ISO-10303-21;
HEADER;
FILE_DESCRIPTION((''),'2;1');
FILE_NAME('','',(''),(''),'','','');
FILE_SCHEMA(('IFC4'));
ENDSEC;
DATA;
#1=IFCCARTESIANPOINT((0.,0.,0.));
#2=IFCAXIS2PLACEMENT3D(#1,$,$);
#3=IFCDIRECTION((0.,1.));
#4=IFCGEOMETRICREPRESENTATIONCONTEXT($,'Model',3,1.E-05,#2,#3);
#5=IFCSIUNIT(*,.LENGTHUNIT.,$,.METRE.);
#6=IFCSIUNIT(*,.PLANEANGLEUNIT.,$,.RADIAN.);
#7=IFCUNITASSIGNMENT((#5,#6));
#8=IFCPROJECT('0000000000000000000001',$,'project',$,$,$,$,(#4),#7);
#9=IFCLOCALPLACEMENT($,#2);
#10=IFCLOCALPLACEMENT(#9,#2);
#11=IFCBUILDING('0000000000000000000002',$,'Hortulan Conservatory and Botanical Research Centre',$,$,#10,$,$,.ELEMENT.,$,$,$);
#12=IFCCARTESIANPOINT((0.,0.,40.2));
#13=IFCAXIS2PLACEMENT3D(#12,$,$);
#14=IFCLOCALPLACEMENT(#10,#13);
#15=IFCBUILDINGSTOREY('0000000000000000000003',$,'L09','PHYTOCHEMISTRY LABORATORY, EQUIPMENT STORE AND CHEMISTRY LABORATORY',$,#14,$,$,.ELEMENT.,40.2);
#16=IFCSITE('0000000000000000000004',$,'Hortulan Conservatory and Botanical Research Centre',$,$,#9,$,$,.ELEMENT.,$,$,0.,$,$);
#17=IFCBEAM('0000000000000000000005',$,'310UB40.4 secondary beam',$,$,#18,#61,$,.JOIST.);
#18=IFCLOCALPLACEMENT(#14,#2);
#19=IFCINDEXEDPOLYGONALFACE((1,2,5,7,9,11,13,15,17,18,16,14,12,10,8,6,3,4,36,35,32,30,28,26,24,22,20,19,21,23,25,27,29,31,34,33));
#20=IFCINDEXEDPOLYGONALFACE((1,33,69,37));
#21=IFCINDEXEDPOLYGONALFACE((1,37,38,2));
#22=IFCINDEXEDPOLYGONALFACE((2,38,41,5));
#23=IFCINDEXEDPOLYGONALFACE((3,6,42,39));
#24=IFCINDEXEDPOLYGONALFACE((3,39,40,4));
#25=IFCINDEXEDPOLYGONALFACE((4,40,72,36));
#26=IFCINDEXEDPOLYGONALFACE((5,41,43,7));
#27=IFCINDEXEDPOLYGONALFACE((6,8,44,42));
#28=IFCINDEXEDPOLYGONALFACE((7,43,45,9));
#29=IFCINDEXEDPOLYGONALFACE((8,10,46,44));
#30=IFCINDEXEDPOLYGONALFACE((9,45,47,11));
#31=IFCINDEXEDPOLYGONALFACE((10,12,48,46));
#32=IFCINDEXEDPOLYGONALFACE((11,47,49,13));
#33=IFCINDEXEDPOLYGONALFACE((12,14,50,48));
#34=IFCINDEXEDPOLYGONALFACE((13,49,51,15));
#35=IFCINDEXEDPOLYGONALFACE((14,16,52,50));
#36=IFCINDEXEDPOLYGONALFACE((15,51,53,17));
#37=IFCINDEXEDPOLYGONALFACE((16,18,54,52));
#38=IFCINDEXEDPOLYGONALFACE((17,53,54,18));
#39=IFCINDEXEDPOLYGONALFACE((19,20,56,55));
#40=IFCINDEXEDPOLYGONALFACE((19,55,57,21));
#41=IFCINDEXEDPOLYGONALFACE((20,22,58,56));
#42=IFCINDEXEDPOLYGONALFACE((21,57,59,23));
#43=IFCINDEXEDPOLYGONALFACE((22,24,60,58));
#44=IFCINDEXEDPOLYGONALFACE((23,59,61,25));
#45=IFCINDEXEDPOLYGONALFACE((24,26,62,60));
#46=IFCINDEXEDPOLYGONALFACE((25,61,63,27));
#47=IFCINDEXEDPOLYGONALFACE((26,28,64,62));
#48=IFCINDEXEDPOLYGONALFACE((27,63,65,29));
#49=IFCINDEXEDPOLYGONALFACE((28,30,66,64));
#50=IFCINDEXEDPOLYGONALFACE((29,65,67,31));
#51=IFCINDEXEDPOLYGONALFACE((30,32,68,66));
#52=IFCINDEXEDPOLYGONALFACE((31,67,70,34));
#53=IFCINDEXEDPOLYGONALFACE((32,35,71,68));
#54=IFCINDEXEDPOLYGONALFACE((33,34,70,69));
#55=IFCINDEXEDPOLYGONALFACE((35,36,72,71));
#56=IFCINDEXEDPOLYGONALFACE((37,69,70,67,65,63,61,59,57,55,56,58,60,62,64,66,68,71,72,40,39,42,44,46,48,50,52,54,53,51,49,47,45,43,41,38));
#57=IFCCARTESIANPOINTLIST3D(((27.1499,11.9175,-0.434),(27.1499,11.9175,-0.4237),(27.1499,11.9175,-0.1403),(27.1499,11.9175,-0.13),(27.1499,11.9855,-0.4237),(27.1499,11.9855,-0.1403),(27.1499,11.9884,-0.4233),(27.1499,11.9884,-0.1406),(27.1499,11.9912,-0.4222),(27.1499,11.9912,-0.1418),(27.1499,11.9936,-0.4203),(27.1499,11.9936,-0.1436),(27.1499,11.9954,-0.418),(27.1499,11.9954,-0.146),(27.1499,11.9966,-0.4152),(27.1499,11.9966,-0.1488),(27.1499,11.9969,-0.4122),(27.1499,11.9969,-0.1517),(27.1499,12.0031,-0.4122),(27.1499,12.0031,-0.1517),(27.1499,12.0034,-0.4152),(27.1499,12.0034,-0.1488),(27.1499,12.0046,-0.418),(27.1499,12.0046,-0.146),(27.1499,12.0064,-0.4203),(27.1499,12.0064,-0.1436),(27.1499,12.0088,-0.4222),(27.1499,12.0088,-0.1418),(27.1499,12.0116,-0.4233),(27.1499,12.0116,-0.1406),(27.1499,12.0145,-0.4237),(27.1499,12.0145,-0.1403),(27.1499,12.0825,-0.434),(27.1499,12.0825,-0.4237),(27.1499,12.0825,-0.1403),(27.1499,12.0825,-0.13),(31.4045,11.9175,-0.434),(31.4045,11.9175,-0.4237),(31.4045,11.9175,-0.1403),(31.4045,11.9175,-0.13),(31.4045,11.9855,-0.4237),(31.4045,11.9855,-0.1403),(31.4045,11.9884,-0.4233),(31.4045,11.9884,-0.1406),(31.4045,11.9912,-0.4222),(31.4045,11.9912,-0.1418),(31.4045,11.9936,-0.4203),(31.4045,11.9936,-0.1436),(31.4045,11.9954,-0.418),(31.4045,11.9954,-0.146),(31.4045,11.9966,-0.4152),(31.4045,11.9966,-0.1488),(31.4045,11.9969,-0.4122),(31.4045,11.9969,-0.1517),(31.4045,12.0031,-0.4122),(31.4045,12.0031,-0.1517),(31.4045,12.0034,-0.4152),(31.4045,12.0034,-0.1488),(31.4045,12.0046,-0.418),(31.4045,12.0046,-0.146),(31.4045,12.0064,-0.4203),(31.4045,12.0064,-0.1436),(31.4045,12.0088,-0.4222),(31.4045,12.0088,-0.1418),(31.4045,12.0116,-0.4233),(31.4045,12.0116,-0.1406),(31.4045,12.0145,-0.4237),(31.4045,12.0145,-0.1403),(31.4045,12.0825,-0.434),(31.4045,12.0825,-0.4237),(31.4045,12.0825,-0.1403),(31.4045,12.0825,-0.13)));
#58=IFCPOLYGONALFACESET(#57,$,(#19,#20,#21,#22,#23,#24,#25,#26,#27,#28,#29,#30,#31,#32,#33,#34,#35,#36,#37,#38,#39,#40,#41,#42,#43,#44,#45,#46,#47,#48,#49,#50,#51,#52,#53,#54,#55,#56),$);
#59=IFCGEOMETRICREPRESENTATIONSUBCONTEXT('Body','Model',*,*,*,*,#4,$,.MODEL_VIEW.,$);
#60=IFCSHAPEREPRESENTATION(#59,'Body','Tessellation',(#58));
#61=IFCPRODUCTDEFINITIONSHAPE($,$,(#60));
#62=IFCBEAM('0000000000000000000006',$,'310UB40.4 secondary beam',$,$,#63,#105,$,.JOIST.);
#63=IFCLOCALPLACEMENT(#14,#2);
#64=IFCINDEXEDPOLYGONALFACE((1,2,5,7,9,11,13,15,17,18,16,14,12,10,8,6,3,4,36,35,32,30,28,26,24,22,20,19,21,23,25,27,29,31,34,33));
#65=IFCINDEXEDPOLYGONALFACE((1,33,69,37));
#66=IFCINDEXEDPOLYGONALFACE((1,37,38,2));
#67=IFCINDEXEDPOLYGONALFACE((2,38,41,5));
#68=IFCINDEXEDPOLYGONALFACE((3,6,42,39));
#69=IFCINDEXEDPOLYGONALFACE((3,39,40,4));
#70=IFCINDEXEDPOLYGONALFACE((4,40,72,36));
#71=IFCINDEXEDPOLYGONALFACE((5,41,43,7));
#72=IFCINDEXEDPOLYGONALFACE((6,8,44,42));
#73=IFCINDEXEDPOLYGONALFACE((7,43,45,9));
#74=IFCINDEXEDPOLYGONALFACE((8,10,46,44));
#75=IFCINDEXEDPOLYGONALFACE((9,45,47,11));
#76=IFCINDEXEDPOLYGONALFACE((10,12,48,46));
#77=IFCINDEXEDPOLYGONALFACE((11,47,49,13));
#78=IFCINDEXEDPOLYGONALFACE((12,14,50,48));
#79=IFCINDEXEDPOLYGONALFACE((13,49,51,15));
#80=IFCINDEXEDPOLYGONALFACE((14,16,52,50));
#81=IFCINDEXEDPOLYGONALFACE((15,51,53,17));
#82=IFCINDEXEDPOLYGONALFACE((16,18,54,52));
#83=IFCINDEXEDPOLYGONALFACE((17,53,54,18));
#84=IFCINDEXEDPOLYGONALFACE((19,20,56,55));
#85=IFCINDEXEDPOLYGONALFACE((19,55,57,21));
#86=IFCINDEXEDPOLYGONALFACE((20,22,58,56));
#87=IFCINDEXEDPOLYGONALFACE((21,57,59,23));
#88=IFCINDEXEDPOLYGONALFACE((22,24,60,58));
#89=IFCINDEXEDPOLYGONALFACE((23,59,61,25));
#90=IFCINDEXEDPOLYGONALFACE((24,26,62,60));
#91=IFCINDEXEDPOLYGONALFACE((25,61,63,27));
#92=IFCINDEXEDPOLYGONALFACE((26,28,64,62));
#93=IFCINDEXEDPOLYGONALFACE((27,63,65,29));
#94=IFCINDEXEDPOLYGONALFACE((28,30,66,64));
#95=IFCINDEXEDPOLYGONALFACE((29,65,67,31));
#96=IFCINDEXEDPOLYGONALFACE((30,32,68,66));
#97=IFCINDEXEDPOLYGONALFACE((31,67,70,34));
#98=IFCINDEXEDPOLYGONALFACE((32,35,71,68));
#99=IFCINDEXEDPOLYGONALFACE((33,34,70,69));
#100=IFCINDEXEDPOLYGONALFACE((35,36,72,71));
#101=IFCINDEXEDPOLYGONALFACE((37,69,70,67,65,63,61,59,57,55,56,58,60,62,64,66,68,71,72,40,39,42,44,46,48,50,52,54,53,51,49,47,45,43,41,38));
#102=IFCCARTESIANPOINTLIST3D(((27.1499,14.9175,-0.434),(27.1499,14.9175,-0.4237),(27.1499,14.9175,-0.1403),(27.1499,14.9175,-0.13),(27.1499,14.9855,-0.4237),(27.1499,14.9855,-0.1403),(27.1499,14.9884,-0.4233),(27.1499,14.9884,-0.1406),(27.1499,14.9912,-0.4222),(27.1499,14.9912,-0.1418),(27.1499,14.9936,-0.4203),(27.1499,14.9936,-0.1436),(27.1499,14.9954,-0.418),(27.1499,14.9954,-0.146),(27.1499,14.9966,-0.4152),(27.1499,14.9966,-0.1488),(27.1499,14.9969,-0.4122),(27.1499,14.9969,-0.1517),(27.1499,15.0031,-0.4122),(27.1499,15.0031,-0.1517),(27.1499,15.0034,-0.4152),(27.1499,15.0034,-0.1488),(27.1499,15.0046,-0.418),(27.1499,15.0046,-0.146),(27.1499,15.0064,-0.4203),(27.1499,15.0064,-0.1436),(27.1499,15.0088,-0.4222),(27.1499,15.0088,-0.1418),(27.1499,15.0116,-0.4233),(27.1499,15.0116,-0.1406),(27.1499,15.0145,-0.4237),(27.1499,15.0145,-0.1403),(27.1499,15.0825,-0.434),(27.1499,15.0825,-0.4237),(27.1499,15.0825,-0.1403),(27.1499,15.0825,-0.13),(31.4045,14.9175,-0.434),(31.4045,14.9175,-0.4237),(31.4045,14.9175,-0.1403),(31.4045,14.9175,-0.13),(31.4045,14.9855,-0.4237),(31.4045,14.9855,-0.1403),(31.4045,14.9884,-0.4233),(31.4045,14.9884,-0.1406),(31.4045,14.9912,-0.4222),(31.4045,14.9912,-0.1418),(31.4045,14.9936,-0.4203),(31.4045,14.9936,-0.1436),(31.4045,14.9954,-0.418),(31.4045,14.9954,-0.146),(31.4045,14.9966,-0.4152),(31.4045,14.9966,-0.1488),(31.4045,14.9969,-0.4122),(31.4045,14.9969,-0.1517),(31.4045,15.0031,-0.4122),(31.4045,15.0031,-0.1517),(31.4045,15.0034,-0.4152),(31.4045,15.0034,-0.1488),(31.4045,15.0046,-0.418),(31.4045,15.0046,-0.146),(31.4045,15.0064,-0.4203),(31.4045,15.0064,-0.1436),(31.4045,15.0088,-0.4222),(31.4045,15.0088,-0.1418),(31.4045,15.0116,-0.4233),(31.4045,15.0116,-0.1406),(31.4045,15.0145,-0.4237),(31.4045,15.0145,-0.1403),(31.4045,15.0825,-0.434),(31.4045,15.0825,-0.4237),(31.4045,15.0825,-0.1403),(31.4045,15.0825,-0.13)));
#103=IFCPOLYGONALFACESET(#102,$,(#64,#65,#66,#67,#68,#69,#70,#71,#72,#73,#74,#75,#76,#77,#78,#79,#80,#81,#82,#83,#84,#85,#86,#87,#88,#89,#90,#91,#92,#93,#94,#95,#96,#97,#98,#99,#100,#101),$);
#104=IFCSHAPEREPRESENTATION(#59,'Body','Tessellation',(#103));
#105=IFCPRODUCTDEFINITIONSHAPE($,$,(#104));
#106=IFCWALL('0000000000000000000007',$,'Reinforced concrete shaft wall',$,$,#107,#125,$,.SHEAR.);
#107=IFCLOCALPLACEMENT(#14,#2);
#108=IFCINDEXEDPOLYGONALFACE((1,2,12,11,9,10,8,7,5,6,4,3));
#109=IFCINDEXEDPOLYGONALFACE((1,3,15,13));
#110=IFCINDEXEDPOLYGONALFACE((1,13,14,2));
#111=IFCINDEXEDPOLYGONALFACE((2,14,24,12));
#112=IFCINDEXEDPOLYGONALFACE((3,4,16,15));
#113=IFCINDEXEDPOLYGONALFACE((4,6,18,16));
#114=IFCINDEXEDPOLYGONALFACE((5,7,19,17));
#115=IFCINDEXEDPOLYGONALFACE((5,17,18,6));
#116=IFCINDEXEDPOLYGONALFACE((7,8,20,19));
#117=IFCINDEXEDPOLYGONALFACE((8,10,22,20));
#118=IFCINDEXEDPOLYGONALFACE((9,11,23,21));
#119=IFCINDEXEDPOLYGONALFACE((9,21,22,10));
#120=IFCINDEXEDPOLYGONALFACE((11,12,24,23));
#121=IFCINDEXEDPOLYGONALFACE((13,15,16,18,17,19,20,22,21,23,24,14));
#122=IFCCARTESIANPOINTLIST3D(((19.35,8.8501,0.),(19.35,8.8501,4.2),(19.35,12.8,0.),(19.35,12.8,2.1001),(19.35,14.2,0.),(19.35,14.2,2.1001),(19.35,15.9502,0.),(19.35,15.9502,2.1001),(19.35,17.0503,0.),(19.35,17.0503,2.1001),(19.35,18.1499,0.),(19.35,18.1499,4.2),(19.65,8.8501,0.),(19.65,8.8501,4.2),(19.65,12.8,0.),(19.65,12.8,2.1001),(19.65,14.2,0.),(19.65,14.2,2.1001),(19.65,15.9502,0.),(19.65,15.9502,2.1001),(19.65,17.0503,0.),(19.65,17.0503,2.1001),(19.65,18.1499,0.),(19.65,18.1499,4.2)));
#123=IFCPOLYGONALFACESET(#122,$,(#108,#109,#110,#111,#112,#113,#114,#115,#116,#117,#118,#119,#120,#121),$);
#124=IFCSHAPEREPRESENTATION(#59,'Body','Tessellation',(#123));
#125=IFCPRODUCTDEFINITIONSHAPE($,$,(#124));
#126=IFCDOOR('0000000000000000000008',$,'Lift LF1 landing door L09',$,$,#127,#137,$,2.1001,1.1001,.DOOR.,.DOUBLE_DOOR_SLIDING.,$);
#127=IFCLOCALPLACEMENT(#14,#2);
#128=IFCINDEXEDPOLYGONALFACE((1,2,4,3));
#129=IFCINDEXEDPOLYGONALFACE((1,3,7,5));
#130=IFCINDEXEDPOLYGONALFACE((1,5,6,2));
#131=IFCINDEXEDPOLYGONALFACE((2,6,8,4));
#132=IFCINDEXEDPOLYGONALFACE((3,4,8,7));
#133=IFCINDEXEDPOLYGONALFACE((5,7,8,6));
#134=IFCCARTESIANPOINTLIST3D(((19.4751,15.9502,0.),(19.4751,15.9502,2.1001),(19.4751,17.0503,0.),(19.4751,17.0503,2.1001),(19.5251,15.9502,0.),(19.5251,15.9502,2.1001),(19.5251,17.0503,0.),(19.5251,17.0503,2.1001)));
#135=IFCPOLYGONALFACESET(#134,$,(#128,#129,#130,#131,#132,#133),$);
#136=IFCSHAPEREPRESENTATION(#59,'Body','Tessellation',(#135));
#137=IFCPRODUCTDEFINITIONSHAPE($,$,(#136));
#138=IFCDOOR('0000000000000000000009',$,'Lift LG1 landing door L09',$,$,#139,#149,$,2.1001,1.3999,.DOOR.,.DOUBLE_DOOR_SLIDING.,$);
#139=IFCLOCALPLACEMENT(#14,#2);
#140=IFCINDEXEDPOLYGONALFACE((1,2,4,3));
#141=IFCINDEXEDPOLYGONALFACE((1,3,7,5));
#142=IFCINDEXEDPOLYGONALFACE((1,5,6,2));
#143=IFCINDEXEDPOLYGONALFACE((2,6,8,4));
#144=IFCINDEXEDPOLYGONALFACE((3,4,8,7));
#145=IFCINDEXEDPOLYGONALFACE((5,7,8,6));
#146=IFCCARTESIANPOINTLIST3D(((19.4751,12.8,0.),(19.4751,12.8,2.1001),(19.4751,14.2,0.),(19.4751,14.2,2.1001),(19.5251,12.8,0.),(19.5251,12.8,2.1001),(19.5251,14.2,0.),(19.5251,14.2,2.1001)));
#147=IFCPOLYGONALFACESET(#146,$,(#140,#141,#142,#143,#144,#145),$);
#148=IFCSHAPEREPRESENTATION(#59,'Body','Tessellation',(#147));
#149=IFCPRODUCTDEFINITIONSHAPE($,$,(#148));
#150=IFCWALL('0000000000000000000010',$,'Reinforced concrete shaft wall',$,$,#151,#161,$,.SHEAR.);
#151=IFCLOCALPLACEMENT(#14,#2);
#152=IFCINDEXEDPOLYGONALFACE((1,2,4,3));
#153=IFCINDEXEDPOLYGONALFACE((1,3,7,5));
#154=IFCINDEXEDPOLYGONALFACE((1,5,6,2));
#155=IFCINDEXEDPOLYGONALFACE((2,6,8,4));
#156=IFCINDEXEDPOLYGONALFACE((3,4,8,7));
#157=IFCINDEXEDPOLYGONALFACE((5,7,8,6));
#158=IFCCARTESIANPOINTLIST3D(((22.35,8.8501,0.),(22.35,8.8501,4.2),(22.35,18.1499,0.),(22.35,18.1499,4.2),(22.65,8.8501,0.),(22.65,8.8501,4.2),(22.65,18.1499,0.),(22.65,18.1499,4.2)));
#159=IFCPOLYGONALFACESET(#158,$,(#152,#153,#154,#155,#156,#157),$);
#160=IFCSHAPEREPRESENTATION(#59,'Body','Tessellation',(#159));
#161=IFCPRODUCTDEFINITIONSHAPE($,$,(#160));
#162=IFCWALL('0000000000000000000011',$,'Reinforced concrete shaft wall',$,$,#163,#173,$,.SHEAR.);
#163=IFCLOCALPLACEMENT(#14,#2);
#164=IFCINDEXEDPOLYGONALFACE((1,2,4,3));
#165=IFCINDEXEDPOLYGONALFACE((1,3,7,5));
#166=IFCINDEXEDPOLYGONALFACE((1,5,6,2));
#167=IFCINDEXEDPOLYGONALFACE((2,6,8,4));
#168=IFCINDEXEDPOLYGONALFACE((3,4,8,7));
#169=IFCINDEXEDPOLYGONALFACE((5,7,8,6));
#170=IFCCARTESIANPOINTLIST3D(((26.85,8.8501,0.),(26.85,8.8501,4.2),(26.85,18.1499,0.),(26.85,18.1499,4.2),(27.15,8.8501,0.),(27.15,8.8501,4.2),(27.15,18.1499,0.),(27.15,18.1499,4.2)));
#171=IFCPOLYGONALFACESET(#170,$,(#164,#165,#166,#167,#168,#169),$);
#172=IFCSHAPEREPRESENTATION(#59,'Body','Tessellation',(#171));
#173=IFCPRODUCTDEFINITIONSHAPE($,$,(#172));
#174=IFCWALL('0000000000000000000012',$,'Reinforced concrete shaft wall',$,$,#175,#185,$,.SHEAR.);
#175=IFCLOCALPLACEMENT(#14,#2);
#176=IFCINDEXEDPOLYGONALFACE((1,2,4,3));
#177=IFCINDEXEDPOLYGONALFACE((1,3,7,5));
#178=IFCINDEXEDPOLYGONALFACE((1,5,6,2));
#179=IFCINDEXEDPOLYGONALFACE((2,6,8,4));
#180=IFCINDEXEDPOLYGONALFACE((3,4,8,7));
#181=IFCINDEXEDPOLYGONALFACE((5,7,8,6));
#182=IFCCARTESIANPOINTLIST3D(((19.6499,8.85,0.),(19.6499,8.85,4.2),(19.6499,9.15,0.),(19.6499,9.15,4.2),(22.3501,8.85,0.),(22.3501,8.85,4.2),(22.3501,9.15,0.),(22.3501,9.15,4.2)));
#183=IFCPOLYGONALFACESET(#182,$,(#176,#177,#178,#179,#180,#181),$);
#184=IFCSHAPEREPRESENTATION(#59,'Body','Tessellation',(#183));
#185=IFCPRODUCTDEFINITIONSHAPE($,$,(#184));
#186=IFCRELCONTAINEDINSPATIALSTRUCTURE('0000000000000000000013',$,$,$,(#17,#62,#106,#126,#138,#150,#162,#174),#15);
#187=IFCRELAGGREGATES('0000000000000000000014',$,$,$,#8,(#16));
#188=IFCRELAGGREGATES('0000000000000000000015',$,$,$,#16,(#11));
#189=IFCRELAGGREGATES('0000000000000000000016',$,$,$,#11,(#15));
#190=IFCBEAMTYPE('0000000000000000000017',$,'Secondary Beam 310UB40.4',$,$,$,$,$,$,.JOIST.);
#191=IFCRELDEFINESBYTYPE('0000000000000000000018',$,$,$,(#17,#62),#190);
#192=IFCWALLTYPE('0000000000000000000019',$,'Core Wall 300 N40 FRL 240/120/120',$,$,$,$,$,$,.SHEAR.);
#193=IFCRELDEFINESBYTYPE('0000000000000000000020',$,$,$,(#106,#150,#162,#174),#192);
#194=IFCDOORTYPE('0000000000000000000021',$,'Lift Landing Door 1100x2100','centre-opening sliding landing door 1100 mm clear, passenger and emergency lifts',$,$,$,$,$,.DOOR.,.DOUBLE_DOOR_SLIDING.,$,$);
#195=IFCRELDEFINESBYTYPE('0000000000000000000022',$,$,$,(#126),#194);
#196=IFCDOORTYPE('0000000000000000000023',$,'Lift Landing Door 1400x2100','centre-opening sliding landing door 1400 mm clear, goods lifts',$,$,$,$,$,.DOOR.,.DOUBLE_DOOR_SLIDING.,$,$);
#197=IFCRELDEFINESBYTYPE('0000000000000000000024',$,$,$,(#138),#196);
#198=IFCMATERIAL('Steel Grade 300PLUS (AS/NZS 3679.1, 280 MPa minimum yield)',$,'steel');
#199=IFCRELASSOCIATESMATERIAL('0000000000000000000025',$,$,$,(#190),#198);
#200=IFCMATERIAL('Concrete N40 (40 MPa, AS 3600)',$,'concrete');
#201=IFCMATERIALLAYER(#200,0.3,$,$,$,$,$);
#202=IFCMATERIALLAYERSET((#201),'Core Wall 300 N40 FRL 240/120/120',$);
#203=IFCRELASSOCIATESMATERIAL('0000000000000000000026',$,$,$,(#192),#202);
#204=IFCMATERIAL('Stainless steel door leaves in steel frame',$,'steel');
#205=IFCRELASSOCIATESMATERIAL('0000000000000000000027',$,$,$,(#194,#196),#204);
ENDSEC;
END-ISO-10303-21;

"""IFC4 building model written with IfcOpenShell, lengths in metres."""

from ifc_helpers import new_model, si_unit, direction, frame, frame_2d, origin, origin_2d, place, context, subcontext, project, spatial, rectangle, i_section, extrude, material, layer, layer_set, material_profile, profile_set, type_object, element, fill, save


model = new_model("IFC4")

# Units and contexts
model_context = context("Model", 3, precision=1e-05, world=origin(), true_north=direction((0.0, 1.0)))
body_context = subcontext(model_context, "Body", "Model", "MODEL_VIEW")
ifc_project = project(units=[si_unit("LENGTHUNIT", "METRE"), si_unit("PLANEANGLEUNIT", "RADIAN")], contexts=[model_context])

# Site, building, storey
site_placement = place(None, origin())
site = spatial("IfcSite", under=ifc_project, at=site_placement, Name="Hortulan Conservatory and Botanical Research Centre", CompositionType="ELEMENT", RefElevation=0.0)
building_placement = place(site_placement, origin())
building = spatial("IfcBuilding", under=site, at=building_placement, Name="Hortulan Conservatory and Botanical Research Centre", CompositionType="ELEMENT")
storey_placement = place(building_placement, frame((0.0, 0.0, 40.2)))
storey = spatial("IfcBuildingStorey", under=building, at=storey_placement, Name="L09", Description="PHYTOCHEMISTRY LABORATORY, EQUIPMENT STORE AND CHEMISTRY LABORATORY", CompositionType="ELEMENT", Elevation=40.2)

# Shared definitions
ifc_material_1 = material(Name="Steel Grade 300PLUS (AS/NZS 3679.1, 280 MPa minimum yield)", Category="steel")

# Beams
ifc_material_profile_1 = material_profile(ifc_material_1, i_section(OverallWidth=0.165, OverallDepth=0.304, WebThickness=0.0061, FlangeThickness=0.0103, FilletRadius=0.0115, at=origin_2d()), Name="310UB40.4")
ifc_profile_set_1 = profile_set([ifc_material_profile_1], Name="Steel Grade 300PLUS (AS/NZS 3679.1, 280 MPa minimum yield)")
beam_type_1 = type_object("IfcBeamType", Name="Secondary Beam 310UB40.4", PredefinedType="JOIST", material=ifc_profile_set_1)
for number, where, z_axis, x_axis, name in (
    (1, (27.1499, 12.0, -0.282), (1.0, 0.0, 0.0), (0.0, 1.0, 0.0), "310UB40.4 secondary beam"),
    (2, (27.1499, 15.0, -0.282), (1.0, 0.0, 0.0), (0.0, 1.0, 0.0), "310UB40.4 secondary beam"),
):
    element("IfcBeam", number, at=place(storey_placement, frame(where, z_axis=z_axis, x_axis=x_axis)), inside=storey, type_object=beam_type_1, Name=name, PredefinedType="JOIST", context=body_context, shape_type="SweptSolid", body=[
        extrude(i_section(OverallWidth=0.165, OverallDepth=0.304, WebThickness=0.0061, FlangeThickness=0.0103, FilletRadius=0.0115, at=origin_2d()), origin(), (0.0, 0.0, 1.0), 4.2546),
    ])

# Wall, openings, doors
ifc_material_2 = material(Name="Concrete N40 (40 MPa, AS 3600)", Category="concrete")
ifc_layer_1 = layer(ifc_material_2, 0.3)
ifc_layer_set_1 = layer_set([ifc_layer_1], Name="Core Wall 300 N40 FRL 240/120/120")
wall_type_1 = type_object("IfcWallType", Name="Core Wall 300 N40 FRL 240/120/120", PredefinedType="SHEAR", material=ifc_layer_set_1)
wall_1_placement = place(storey_placement, frame((19.5, 8.8501, 0.0), z_axis=(0.0, 0.0, 1.0), x_axis=(0.0, 1.0, 0.0)))
wall_1 = element("IfcWall", 3, at=wall_1_placement, inside=storey, type_object=wall_type_1, Name="Reinforced concrete shaft wall", PredefinedType="SHEAR", context=body_context, shape_type="SweptSolid", body=[
    extrude(rectangle(XDim=9.2998, YDim=0.3, at=frame_2d((4.6499, 0.0))), origin(), (0.0, 0.0, 1.0), 4.2),
])
opening_1_placement = place(wall_1_placement, frame((3.95, 0.0, 0.0)))
opening_1 = element("IfcOpeningElement", 4, at=opening_1_placement, cuts=wall_1, PredefinedType="OPENING", context=body_context, shape_type="SweptSolid", body=[
    extrude(rectangle(XDim=1.3999, YDim=2.1001, at=frame_2d((0.7, 1.05))), frame((0.0, 0.1599, 0.0), z_axis=(0.0, -1.0, 0.0), x_axis=(1.0, 0.0, 0.0)), (0.0, 0.0, 1.0), 0.3201),
])
opening_2_placement = place(wall_1_placement, frame((7.1001, 0.0, 0.0)))
opening_2 = element("IfcOpeningElement", 5, at=opening_2_placement, cuts=wall_1, PredefinedType="OPENING", context=body_context, shape_type="SweptSolid", body=[
    extrude(rectangle(XDim=1.1001, YDim=2.1001, at=frame_2d((0.55, 1.05))), frame((0.0, 0.1599, 0.0), z_axis=(0.0, -1.0, 0.0), x_axis=(1.0, 0.0, 0.0)), (0.0, 0.0, 1.0), 0.3201),
])
ifc_material_3 = material(Name="Stainless steel door leaves in steel frame", Category="steel")
door_type_1 = type_object("IfcDoorType", Name="Lift Landing Door 1100x2100", Description="centre-opening sliding landing door 1100 mm clear, passenger and emergency lifts", OperationType="DOUBLE_DOOR_SLIDING", PredefinedType="DOOR", material=ifc_material_3)
door_1_placement = place(opening_2_placement, origin())
door_1 = element("IfcDoor", 6, at=door_1_placement, inside=storey, type_object=door_type_1, Name="Lift LF1 landing door L09", OperationType="DOUBLE_DOOR_SLIDING", OverallHeight=2.1001, OverallWidth=1.1001, PredefinedType="DOOR", context=body_context, shape_type="SweptSolid", body=[
    extrude(rectangle(XDim=1.1001, YDim=2.1001, at=frame_2d((0.55, 1.05))), frame((0.0, 0.0249, 0.0), z_axis=(0.0, -1.0, 0.0), x_axis=(1.0, 0.0, 0.0)), (0.0, 0.0, 1.0), 0.05),
])
fill(opening_2, door_1)
door_type_2 = type_object("IfcDoorType", Name="Lift Landing Door 1400x2100", Description="centre-opening sliding landing door 1400 mm clear, goods lifts", OperationType="DOUBLE_DOOR_SLIDING", PredefinedType="DOOR", material=ifc_material_3)
door_2_placement = place(opening_1_placement, origin())
door_2 = element("IfcDoor", 7, at=door_2_placement, inside=storey, type_object=door_type_2, Name="Lift LG1 landing door L09", OperationType="DOUBLE_DOOR_SLIDING", OverallHeight=2.1001, OverallWidth=1.3999, PredefinedType="DOOR", context=body_context, shape_type="SweptSolid", body=[
    extrude(rectangle(XDim=1.3999, YDim=2.1001, at=frame_2d((0.7, 1.05))), frame((0.0, 0.0249, 0.0), z_axis=(0.0, -1.0, 0.0), x_axis=(1.0, 0.0, 0.0)), (0.0, 0.0, 1.0), 0.05),
])
fill(opening_1, door_2)

# Walls
for number, where, z_axis, x_axis, name in (
    (8, (22.5, 8.8501, 0.0), (0.0, 0.0, 1.0), (0.0, 1.0, 0.0), "Reinforced concrete shaft wall"),
    (9, (27.0, 8.8501, 0.0), (0.0, 0.0, 1.0), (0.0, 1.0, 0.0), "Reinforced concrete shaft wall"),
):
    element("IfcWall", number, at=place(storey_placement, frame(where, z_axis=z_axis, x_axis=x_axis)), inside=storey, type_object=wall_type_1, Name=name, PredefinedType="SHEAR", context=body_context, shape_type="SweptSolid", body=[
        extrude(rectangle(XDim=9.2998, YDim=0.3, at=frame_2d((4.6499, 0.0))), origin(), (0.0, 0.0, 1.0), 4.2),
    ])
wall_2_placement = place(storey_placement, frame((19.6499, 9.0, 0.0), z_axis=(0.0, 0.0, 1.0), x_axis=(1.0, 0.0, 0.0)))
element("IfcWall", 10, at=wall_2_placement, inside=storey, type_object=wall_type_1, Name="Reinforced concrete shaft wall", PredefinedType="SHEAR", context=body_context, shape_type="SweptSolid", body=[
    extrude(rectangle(XDim=2.7002, YDim=0.3, at=frame_2d((1.3501, 0.0))), origin(), (0.0, 0.0, 1.0), 4.2),
])

save(model, "model.ifc")
